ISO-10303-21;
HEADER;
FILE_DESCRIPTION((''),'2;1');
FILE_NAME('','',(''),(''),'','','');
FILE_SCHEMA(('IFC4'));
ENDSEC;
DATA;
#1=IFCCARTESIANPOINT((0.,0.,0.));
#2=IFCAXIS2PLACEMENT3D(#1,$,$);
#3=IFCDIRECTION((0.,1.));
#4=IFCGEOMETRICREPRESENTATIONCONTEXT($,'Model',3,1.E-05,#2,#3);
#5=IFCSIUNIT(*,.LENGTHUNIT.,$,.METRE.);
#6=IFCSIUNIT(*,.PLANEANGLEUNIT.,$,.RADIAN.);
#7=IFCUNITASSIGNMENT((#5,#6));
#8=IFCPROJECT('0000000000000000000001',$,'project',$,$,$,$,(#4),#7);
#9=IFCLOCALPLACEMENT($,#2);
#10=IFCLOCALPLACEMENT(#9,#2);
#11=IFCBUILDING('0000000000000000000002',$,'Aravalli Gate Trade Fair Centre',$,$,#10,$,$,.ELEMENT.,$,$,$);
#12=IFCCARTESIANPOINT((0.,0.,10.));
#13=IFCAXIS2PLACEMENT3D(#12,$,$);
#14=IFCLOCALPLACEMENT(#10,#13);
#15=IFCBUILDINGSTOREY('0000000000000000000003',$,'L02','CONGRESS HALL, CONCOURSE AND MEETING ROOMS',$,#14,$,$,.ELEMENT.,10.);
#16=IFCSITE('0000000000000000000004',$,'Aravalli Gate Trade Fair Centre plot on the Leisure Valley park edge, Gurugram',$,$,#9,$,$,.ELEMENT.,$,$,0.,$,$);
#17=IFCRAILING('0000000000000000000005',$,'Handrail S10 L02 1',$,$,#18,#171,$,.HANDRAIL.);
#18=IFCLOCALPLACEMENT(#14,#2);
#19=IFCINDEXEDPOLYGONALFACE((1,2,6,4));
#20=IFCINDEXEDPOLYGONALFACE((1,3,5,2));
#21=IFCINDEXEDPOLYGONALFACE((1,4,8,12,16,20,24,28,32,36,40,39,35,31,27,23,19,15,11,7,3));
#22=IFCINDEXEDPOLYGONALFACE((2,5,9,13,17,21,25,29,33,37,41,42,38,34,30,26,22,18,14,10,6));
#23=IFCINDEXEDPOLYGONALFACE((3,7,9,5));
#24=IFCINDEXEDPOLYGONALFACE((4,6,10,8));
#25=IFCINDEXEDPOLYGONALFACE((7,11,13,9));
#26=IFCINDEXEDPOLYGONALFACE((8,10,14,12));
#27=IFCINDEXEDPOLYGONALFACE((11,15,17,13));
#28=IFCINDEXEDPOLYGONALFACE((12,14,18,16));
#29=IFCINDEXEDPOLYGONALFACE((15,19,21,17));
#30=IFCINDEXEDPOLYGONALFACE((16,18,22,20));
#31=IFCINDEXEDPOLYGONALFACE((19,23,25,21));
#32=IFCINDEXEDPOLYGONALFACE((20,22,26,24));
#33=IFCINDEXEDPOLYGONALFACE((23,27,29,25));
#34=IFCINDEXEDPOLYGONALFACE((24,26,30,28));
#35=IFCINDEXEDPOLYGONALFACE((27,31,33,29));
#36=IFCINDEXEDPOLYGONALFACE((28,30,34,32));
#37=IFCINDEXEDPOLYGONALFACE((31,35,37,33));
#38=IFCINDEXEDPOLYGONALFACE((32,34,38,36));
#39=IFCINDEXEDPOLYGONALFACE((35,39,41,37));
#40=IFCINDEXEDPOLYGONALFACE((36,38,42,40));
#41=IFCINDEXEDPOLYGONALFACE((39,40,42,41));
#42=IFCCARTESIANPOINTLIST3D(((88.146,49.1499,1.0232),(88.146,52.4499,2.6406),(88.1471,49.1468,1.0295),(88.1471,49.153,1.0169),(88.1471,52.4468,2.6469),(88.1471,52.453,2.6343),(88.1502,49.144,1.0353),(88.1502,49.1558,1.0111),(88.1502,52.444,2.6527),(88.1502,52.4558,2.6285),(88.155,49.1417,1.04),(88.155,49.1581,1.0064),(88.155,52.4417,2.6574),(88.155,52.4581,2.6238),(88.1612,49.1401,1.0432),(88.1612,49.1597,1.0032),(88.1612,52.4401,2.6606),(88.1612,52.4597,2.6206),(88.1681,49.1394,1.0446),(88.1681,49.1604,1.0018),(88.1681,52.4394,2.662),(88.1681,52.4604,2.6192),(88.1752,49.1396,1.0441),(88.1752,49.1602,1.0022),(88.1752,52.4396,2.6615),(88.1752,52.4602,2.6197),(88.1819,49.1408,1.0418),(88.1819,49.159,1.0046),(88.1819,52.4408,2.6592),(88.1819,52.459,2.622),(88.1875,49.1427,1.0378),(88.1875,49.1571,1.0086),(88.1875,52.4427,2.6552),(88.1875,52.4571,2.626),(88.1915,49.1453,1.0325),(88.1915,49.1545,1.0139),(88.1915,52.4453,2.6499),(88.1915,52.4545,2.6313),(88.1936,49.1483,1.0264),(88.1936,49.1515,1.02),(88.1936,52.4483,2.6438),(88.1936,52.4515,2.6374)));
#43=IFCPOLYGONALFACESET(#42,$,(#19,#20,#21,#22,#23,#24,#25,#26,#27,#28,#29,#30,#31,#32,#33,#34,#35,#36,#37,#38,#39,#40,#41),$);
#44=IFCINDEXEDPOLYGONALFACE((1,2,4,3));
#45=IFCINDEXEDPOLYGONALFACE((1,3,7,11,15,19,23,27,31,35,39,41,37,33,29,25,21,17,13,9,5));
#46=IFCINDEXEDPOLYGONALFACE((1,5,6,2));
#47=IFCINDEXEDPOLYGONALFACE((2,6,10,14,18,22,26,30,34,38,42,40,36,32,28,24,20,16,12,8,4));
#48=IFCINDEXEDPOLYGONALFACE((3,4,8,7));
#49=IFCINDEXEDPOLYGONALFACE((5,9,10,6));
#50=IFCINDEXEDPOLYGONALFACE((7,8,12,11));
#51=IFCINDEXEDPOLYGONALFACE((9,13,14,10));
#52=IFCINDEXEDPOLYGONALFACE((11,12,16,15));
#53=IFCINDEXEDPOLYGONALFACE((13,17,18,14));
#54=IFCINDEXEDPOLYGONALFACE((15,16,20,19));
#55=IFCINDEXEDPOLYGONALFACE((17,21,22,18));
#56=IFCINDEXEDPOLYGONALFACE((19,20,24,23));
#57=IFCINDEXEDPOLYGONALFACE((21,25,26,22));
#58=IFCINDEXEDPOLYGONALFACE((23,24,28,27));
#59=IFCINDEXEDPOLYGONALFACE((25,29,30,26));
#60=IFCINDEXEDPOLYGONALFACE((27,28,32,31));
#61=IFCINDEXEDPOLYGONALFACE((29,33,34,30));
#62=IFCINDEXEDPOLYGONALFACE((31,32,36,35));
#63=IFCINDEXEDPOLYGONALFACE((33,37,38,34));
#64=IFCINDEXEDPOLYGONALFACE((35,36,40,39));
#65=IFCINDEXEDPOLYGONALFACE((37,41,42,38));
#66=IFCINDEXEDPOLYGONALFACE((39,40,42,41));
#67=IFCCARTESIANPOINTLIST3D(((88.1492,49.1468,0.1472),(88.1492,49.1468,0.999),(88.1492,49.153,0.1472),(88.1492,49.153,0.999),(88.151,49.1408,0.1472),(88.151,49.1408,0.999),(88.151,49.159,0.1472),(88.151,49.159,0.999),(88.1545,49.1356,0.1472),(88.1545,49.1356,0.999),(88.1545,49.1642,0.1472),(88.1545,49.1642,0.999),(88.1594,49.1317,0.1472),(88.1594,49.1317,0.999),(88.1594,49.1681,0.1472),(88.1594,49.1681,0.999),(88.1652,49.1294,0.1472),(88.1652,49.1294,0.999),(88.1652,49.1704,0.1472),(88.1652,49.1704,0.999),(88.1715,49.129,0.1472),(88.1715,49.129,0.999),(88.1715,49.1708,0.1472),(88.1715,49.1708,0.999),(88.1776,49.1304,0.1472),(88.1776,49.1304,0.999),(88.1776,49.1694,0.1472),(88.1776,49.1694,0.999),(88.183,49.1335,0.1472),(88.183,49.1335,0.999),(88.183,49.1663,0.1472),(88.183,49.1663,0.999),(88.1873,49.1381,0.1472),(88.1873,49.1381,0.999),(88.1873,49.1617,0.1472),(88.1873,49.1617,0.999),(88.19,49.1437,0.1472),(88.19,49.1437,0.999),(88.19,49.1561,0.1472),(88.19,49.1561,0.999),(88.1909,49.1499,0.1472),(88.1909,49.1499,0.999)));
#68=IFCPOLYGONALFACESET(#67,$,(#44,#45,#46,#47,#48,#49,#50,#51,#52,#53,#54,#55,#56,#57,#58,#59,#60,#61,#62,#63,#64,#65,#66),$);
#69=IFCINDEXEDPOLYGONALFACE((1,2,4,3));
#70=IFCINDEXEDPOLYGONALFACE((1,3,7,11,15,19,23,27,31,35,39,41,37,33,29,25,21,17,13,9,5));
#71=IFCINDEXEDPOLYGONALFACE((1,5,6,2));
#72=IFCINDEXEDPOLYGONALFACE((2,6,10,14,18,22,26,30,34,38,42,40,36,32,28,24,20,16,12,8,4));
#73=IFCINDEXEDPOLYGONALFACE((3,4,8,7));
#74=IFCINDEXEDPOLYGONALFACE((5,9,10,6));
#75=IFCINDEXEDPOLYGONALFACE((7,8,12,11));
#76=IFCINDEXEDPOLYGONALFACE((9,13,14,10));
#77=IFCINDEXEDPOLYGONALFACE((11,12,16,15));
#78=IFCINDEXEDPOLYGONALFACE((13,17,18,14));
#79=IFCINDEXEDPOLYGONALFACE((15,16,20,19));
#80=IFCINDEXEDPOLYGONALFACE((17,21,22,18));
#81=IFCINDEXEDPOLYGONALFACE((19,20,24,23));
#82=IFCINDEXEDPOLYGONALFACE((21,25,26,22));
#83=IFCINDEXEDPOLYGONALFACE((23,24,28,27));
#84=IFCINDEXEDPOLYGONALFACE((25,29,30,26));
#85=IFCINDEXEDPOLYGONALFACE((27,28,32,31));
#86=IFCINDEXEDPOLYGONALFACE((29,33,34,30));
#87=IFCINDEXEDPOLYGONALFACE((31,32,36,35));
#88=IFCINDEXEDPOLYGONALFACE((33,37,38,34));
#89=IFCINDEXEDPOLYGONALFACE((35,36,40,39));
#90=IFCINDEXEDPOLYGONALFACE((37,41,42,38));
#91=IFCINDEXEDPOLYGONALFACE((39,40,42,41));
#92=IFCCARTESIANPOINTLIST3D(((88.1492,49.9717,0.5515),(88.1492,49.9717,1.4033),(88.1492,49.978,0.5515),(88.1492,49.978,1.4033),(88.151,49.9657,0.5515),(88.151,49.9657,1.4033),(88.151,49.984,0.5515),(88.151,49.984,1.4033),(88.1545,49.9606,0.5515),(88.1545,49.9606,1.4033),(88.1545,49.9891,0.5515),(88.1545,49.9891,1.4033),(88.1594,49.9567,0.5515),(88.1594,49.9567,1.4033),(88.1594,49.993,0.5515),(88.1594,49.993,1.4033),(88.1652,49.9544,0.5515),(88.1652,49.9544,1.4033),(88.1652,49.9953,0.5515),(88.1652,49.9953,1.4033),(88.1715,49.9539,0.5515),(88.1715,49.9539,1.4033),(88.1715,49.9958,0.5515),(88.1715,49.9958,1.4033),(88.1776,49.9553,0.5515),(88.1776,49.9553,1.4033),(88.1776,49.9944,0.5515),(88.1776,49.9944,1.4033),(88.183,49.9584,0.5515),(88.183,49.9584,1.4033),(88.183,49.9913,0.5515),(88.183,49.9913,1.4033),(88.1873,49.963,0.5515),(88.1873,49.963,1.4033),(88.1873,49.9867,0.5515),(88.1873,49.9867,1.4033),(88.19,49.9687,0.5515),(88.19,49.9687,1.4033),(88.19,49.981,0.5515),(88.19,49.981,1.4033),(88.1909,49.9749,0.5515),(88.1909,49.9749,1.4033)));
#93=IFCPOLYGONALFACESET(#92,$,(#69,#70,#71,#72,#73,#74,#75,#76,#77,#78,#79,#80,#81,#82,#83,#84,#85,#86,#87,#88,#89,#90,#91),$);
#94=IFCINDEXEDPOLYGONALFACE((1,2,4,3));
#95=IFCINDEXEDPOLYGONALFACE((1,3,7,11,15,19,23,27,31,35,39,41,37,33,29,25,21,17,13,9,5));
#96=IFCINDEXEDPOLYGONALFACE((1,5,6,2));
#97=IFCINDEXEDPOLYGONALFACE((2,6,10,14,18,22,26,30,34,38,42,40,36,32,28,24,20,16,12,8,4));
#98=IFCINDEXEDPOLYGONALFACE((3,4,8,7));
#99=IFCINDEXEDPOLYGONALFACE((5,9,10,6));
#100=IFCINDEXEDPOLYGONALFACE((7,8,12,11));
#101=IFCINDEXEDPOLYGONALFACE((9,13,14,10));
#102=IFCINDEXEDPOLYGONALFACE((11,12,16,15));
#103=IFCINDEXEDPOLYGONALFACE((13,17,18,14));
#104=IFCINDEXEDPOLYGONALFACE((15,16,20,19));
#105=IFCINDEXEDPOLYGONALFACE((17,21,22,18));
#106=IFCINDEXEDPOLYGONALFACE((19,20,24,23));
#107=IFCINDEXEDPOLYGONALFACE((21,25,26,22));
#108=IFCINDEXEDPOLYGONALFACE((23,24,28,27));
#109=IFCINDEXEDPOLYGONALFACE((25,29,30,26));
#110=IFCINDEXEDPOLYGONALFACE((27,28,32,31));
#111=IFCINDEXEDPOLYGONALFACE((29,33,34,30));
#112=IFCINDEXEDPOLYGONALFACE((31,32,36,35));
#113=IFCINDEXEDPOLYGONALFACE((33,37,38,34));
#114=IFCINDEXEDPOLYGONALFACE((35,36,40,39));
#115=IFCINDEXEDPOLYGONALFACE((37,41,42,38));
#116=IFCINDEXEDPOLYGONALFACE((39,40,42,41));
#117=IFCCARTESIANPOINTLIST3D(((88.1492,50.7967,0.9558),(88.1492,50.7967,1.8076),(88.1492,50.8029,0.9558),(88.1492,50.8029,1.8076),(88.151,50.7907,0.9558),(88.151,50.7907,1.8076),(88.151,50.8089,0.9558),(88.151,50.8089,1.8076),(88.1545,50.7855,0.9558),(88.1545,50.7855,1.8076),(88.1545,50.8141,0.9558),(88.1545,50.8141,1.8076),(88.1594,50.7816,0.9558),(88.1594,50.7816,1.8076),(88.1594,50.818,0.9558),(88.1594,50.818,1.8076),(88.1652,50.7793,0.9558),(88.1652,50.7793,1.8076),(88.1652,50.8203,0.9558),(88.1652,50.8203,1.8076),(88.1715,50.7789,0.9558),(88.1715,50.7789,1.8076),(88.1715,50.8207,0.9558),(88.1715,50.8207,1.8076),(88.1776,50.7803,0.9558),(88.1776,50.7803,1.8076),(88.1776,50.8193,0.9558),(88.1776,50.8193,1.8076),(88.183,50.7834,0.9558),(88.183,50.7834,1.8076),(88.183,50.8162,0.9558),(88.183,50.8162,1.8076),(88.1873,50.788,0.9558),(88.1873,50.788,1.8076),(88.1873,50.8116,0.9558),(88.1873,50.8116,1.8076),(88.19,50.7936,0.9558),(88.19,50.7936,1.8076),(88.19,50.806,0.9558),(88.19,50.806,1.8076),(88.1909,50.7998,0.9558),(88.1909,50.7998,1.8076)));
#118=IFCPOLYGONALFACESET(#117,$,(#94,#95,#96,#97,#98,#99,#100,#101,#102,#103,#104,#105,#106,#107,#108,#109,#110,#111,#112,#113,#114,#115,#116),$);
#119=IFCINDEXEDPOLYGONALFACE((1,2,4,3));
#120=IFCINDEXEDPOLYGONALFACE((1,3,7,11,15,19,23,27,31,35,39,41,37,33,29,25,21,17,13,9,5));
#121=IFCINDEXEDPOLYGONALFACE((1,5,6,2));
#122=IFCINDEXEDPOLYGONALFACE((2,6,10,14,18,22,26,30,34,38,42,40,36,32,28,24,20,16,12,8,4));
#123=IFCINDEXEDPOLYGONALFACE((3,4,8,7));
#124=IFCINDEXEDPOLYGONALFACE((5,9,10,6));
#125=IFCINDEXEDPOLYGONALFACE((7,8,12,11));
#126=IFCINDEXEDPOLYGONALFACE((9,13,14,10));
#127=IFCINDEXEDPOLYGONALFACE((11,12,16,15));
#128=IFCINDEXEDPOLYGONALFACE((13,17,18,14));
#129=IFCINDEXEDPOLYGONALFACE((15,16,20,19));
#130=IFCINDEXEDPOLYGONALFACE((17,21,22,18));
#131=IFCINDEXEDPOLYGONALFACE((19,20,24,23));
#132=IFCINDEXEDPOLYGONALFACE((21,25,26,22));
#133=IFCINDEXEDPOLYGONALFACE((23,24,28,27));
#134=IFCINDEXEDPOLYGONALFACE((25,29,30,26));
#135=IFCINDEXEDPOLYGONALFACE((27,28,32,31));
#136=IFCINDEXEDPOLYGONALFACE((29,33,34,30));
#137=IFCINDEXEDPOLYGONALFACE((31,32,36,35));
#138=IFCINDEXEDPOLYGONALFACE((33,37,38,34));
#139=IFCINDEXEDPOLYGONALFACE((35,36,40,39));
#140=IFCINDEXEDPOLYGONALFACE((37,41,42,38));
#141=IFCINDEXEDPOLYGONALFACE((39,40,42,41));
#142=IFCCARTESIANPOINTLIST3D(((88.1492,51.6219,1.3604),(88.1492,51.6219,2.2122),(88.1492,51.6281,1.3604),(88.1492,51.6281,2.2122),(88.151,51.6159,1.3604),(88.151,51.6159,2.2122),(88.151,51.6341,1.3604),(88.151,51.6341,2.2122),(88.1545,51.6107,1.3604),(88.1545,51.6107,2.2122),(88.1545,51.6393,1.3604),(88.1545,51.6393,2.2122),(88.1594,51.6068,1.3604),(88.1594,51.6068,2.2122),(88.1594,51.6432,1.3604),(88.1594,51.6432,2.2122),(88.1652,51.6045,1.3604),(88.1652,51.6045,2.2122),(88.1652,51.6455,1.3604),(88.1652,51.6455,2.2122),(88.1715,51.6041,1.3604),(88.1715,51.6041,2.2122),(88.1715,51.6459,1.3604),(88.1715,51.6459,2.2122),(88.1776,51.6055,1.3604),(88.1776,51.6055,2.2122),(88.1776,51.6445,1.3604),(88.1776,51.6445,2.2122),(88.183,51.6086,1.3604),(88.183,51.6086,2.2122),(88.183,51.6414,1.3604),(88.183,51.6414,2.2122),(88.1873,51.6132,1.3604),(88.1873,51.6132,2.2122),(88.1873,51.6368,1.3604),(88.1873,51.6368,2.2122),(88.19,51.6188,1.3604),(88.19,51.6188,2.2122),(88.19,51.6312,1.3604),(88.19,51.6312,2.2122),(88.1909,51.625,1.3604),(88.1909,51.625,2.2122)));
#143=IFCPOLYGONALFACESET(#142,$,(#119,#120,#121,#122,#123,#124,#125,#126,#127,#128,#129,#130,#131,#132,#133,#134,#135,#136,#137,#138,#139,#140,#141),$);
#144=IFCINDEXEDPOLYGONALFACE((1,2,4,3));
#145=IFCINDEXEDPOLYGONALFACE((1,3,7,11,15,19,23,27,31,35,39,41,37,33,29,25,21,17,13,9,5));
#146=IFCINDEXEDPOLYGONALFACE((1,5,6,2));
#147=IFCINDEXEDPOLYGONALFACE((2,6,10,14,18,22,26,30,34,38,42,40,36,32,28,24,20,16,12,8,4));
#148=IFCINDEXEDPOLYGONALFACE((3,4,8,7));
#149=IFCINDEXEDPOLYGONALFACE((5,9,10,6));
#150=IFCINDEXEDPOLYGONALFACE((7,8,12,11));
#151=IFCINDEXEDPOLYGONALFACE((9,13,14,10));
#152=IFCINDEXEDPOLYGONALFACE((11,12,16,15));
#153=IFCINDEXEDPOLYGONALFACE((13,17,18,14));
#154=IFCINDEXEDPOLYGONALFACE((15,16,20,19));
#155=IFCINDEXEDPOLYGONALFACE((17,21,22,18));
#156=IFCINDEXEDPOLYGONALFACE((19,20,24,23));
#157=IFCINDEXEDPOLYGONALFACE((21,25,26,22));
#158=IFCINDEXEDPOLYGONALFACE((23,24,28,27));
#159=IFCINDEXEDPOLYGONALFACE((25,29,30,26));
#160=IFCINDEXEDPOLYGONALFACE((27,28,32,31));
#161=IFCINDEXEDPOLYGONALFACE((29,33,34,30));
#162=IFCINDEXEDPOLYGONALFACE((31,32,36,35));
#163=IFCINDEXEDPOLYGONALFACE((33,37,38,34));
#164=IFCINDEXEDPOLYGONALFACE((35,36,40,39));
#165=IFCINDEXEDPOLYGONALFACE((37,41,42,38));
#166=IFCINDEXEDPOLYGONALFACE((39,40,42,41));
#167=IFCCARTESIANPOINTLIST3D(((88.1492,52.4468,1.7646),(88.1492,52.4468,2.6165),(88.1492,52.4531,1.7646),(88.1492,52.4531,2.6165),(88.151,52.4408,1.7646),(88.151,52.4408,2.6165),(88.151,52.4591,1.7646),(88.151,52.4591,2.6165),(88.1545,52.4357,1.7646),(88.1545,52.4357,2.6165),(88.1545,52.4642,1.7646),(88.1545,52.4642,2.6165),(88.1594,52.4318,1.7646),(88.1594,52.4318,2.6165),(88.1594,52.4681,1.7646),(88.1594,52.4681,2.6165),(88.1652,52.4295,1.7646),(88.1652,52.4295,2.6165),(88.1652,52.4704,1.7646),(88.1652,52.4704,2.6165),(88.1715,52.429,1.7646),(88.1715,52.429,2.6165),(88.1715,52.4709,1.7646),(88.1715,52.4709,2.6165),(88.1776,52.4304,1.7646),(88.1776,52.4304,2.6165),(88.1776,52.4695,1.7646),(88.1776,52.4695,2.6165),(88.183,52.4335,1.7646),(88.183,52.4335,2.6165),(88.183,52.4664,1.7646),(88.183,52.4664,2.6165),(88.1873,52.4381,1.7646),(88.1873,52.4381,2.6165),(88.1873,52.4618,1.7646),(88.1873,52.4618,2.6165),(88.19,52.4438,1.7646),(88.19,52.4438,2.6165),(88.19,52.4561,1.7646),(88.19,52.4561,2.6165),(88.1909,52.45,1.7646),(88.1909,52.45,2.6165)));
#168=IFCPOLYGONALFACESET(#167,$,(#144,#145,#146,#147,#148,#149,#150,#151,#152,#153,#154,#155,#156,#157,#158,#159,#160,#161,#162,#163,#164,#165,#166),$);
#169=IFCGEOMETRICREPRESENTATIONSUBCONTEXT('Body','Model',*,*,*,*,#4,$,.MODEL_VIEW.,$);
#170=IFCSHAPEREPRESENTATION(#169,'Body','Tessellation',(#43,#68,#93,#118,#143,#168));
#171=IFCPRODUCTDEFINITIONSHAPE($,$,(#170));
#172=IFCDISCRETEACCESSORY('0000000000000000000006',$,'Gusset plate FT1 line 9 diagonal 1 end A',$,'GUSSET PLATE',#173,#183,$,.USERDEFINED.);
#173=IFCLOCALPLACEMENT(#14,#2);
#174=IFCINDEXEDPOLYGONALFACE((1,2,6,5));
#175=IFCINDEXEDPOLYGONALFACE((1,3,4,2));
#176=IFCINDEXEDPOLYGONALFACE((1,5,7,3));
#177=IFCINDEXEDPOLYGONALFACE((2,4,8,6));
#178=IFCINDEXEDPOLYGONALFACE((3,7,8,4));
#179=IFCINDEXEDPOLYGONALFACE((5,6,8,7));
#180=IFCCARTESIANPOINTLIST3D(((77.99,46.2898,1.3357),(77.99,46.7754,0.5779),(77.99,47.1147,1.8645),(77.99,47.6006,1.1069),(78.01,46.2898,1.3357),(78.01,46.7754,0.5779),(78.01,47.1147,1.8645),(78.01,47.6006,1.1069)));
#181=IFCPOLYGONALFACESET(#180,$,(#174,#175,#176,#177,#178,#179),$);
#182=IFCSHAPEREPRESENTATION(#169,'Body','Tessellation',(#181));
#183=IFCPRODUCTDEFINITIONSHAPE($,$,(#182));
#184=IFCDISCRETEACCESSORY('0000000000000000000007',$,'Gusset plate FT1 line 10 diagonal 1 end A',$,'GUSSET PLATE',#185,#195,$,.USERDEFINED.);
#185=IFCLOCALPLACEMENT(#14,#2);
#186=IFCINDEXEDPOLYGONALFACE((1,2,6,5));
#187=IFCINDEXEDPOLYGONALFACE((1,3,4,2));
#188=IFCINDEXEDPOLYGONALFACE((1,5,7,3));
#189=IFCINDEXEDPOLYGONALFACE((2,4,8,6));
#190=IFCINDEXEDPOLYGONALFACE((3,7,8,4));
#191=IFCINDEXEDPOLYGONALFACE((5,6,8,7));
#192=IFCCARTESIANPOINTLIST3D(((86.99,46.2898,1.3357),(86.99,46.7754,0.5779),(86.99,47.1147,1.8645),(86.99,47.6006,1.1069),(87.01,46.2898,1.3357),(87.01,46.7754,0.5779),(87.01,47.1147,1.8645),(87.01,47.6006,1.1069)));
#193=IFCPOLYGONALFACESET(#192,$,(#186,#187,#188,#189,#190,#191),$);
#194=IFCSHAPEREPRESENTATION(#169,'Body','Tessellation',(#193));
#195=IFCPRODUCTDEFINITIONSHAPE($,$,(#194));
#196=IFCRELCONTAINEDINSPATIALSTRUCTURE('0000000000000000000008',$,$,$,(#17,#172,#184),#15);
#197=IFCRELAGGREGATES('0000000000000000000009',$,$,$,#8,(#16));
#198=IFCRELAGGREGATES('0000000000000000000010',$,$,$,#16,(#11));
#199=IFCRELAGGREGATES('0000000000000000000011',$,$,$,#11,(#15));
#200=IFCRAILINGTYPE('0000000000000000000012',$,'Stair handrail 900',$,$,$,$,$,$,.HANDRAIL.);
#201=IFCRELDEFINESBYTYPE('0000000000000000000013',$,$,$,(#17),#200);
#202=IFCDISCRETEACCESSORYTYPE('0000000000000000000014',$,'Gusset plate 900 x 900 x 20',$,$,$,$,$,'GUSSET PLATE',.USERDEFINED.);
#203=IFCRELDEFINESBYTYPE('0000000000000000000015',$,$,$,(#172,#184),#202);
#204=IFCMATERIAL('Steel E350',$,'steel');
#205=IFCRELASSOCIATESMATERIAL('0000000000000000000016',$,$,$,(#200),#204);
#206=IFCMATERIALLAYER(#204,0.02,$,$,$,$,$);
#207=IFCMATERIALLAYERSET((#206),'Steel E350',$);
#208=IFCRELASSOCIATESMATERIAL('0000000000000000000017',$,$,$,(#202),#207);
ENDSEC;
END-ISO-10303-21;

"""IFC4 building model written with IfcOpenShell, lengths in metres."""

from ifc_helpers import new_model, si_unit, direction, frame, origin, origin_2d, place, context, subcontext, project, spatial, polyline, circle, outline, extrude, material, layer, layer_set, type_object, element, save


model = new_model("IFC4")

# Units and contexts
model_context = context("Model", 3, precision=1e-05, world=origin(), true_north=direction((0.0, 1.0)))
body_context = subcontext(model_context, "Body", "Model", "MODEL_VIEW")
ifc_project = project(units=[si_unit("LENGTHUNIT", "METRE"), si_unit("PLANEANGLEUNIT", "RADIAN")], contexts=[model_context])

# Site, building, storey
site_placement = place(None, origin())
site = spatial("IfcSite", under=ifc_project, at=site_placement, Name="Aravalli Gate Trade Fair Centre plot on the Leisure Valley park edge, Gurugram", CompositionType="ELEMENT", RefElevation=0.0)
building_placement = place(site_placement, origin())
building = spatial("IfcBuilding", under=site, at=building_placement, Name="Aravalli Gate Trade Fair Centre", CompositionType="ELEMENT")
storey_placement = place(building_placement, frame((0.0, 0.0, 10.0)))
storey = spatial("IfcBuildingStorey", under=building, at=storey_placement, Name="L02", Description="CONGRESS HALL, CONCOURSE AND MEETING ROOMS", CompositionType="ELEMENT", Elevation=10.0)

# Shared definitions
ifc_material_1 = material(Name="Steel E350", Category="steel")

# Railing
railing_type = type_object("IfcRailingType", Name="Stair handrail 900", PredefinedType="HANDRAIL", material=ifc_material_1)
for number, where, name in (
    (1, (88.1699, 49.1499, 0.1472), "Handrail S10 L02 1"),
):
    element("IfcRailing", number, at=place(storey_placement, frame(where)), inside=storey, type_object=railing_type, Name=name, PredefinedType="HANDRAIL", context=body_context, shape_type="SweptSolid", body=[
        extrude(circle(Radius=0.0239, at=origin_2d()), frame((0.0, 0.0, 0.876), z_axis=(0.0, 0.897946, 0.440105), x_axis=(-1.0, 0.0, 0.0)), (0.0, 0.0, 1.0), 3.675),
        extrude(circle(Radius=0.021, at=origin_2d()), origin(), (0.0, 0.0, 1.0), 0.8518),
        extrude(circle(Radius=0.021, at=origin_2d()), frame((0.0, 0.825, 0.4043)), (0.0, 0.0, 1.0), 0.8518),
        extrude(circle(Radius=0.021, at=origin_2d()), frame((0.0, 1.6499, 0.8086)), (0.0, 0.0, 1.0), 0.8518),
        extrude(circle(Radius=0.021, at=origin_2d()), frame((0.0, 2.4751, 1.2131)), (0.0, 0.0, 1.0), 0.8518),
        extrude(circle(Radius=0.021, at=origin_2d()), frame((0.0, 3.3, 1.6174)), (0.0, 0.0, 1.0), 0.8518),
    ])

# Discrete accessories
ifc_layer_1 = layer(ifc_material_1, 0.02)
ifc_layer_set_1 = layer_set([ifc_layer_1], Name="Steel E350")
discrete_accessory_type = type_object("IfcDiscreteAccessoryType", Name="Gusset plate 900 x 900 x 20", ElementType="GUSSET PLATE", PredefinedType="USERDEFINED", material=ifc_layer_set_1)
for number, where, z_axis, x_axis, name in (
    (2, (77.99, 47.6006, 1.1069), (-1.0, 0.0, 0.0), (0.0, -0.841841, -0.539725), "Gusset plate FT1 line 9 diagonal 1 end A"),
    (3, (86.99, 47.6006, 1.1069), (-1.0, 0.0, 0.0), (0.0, -0.841841, -0.539725), "Gusset plate FT1 line 10 diagonal 1 end A"),
):
    element("IfcDiscreteAccessory", number, at=place(storey_placement, frame(where, z_axis=z_axis, x_axis=x_axis)), inside=storey, type_object=discrete_accessory_type, Name=name, ObjectType="GUSSET PLATE", PredefinedType="USERDEFINED", context=body_context, shape_type="SweptSolid", body=[
        extrude(outline(polyline([(0.0, 0.0), (0.9802, 0.0), (0.98, 0.9), (0.0001, 0.9), (0.0, 0.0)])), origin(), (0.0, 0.0, -1.0), 0.02),
    ])

save(model, "model.ifc")
